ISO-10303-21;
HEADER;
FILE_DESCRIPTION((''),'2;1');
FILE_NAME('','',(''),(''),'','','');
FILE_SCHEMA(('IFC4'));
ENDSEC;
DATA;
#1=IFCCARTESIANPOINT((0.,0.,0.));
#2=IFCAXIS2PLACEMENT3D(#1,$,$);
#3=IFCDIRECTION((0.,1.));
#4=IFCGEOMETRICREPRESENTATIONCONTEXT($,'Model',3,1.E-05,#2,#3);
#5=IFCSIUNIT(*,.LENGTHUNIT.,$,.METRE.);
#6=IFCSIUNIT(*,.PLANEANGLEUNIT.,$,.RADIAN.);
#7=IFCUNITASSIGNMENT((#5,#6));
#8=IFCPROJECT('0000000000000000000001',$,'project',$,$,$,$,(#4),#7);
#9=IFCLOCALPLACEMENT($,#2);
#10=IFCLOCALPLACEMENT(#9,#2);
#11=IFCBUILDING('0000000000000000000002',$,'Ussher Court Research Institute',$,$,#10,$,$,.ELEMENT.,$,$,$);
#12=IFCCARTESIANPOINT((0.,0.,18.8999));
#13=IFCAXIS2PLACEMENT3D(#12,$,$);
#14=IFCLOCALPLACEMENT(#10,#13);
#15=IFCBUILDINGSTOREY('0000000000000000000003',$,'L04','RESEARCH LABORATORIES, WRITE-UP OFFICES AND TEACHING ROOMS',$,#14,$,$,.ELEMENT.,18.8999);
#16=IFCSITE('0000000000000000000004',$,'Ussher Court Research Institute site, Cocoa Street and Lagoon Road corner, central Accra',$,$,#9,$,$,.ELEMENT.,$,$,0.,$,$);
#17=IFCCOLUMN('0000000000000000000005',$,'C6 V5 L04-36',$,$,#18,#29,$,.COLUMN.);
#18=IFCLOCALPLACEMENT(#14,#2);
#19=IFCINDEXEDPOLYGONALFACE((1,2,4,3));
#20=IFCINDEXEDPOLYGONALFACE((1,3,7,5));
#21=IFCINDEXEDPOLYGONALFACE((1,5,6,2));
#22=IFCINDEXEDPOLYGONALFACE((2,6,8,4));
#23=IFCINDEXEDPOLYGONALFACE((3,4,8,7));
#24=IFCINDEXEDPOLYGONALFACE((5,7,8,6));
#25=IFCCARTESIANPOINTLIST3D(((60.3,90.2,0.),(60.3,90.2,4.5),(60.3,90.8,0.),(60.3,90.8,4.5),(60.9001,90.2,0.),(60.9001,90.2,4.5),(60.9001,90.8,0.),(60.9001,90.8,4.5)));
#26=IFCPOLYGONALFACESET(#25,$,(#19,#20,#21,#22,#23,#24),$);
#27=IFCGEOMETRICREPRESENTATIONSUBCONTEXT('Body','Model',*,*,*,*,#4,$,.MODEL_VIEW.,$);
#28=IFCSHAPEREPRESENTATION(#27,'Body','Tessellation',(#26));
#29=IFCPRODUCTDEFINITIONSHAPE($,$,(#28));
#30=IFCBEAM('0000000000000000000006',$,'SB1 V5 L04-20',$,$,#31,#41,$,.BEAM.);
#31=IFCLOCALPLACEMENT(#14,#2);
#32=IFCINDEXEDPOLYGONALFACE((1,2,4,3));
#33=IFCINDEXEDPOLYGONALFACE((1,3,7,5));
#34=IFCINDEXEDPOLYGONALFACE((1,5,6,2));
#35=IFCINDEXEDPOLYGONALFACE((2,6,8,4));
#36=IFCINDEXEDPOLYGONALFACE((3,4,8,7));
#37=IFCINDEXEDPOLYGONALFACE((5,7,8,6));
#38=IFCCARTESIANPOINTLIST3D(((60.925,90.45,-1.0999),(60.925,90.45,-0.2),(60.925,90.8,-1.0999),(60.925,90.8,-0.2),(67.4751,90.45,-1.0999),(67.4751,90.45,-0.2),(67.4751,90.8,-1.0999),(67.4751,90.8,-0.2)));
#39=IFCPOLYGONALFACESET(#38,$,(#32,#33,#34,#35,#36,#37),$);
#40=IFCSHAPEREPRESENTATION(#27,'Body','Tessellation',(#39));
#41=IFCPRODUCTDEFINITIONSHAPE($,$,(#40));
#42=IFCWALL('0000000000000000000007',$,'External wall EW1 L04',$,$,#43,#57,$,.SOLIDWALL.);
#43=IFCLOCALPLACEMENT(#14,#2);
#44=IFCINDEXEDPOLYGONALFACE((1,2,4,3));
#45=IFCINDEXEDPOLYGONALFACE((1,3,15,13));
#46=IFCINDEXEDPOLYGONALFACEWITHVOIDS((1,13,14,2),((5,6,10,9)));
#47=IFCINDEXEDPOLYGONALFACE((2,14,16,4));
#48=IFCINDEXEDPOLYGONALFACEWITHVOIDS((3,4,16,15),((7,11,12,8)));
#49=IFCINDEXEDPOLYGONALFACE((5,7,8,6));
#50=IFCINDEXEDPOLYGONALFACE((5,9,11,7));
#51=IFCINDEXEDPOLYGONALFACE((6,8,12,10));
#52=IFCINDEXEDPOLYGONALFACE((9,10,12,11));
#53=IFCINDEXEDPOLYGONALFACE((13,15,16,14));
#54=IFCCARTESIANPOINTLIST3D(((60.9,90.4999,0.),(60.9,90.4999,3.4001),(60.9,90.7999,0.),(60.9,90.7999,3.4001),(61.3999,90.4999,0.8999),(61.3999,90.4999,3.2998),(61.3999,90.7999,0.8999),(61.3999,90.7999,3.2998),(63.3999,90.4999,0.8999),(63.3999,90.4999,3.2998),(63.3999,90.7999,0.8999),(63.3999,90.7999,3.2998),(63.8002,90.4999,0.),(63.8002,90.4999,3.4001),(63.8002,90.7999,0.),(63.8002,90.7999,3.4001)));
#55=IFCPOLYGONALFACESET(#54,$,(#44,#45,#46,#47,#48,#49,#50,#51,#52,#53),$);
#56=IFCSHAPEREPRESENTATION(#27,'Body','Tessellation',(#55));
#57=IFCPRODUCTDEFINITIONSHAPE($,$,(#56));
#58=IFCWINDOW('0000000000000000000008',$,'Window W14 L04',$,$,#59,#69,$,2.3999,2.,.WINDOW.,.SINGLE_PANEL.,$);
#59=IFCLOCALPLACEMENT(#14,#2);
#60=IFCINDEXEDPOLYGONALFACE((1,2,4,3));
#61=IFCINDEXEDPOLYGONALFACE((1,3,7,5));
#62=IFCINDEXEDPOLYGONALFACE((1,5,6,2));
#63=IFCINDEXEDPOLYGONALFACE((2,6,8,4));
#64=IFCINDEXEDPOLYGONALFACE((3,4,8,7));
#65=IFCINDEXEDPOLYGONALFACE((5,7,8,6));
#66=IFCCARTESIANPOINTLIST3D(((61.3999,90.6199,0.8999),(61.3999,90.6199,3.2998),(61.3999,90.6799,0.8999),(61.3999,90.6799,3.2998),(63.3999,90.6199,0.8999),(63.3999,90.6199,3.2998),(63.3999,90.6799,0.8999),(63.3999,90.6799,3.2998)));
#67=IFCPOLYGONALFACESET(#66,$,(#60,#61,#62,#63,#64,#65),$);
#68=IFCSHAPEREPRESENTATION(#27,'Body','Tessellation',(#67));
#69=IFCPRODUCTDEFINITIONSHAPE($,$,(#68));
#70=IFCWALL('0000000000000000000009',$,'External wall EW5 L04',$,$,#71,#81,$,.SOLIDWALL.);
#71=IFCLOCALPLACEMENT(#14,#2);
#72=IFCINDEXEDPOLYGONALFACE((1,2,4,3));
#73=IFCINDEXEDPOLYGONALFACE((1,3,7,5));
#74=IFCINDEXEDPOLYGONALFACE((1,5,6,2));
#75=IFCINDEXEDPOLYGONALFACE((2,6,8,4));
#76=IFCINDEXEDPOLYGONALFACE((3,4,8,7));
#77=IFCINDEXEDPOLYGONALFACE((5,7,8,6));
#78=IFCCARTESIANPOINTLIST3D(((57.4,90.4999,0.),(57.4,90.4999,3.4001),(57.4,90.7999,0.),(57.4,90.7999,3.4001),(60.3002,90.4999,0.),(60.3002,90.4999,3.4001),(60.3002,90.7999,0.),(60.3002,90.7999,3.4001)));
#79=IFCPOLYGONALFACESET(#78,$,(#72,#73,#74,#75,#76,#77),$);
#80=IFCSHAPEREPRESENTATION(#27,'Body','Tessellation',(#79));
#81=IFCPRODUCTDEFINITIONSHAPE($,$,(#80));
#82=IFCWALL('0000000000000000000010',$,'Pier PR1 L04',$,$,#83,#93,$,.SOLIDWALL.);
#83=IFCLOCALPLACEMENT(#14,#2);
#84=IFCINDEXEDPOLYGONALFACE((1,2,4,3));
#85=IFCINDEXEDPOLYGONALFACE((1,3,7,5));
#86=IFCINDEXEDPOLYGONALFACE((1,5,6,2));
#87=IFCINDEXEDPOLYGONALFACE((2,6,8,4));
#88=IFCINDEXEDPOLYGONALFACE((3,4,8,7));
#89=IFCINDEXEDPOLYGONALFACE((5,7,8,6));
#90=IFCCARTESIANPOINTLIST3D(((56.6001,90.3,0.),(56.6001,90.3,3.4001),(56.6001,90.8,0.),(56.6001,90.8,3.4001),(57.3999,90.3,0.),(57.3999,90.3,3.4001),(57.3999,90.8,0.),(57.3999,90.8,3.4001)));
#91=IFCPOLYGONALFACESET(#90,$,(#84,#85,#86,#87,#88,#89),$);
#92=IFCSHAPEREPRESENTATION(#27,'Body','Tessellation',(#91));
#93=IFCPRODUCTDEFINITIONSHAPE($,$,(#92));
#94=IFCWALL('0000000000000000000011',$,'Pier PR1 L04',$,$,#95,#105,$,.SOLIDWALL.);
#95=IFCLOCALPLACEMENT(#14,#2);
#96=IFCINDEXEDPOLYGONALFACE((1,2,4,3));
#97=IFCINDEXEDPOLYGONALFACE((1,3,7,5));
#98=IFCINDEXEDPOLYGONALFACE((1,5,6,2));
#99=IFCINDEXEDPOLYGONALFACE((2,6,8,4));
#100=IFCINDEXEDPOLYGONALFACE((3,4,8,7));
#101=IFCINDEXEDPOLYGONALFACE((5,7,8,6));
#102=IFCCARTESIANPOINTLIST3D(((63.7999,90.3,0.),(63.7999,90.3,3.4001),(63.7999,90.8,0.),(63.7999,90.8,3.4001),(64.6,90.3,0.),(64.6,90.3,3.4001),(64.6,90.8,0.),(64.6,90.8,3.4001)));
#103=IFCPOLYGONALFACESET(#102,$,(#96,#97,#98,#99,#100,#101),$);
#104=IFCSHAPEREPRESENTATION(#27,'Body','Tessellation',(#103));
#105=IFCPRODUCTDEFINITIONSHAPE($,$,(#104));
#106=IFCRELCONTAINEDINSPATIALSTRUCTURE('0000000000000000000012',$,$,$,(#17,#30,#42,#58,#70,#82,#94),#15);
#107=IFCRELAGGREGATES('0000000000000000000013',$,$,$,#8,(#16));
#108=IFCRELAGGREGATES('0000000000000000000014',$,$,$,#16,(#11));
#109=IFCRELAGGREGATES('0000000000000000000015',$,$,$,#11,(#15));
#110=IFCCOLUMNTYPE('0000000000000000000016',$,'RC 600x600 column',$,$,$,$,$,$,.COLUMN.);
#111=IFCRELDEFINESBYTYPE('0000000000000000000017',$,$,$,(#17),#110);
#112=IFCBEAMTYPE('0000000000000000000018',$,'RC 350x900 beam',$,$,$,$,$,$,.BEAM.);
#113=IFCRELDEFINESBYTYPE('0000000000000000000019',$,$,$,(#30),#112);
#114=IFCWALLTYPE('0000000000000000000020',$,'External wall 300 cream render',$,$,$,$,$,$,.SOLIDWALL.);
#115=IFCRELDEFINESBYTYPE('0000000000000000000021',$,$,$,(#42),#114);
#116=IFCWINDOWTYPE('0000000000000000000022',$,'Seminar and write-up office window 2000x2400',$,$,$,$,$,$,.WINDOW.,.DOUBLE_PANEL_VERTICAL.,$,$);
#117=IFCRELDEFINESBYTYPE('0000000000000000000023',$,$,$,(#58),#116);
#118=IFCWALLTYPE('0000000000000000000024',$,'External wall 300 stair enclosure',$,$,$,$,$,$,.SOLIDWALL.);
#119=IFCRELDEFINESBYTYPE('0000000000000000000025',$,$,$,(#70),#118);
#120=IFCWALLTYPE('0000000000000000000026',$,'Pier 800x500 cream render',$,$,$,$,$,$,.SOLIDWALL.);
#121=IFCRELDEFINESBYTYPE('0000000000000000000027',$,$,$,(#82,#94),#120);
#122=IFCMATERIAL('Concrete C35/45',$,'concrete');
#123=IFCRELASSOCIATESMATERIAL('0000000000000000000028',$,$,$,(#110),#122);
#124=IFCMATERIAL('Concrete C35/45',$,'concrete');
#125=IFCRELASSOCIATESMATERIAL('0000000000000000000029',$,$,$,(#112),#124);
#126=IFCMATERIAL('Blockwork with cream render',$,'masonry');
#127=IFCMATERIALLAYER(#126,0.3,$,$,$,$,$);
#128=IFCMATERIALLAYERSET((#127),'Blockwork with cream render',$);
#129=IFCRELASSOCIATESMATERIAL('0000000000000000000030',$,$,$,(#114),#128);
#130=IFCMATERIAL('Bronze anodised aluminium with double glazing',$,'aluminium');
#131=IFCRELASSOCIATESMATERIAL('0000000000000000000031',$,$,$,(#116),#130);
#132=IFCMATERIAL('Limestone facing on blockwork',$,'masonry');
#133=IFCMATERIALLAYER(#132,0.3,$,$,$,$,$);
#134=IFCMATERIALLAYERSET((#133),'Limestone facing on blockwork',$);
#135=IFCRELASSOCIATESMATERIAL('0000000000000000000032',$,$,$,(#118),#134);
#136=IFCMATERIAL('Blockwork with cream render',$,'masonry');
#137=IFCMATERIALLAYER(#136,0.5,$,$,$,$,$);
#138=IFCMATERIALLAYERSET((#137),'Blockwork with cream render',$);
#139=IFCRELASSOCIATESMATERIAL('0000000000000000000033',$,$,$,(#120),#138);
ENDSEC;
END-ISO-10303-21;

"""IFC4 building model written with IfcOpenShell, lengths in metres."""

from ifc_helpers import new_model, si_unit, direction, frame, frame_2d, origin, origin_2d, place, context, subcontext, project, spatial, rectangle, extrude, material, layer, layer_set, material_profile, profile_set, type_object, element, fill, save


model = new_model("IFC4")

# Units and contexts
model_context = context("Model", 3, precision=1e-05, world=origin(), true_north=direction((0.0, 1.0)))
body_context = subcontext(model_context, "Body", "Model", "MODEL_VIEW")
ifc_project = project(units=[si_unit("LENGTHUNIT", "METRE"), si_unit("PLANEANGLEUNIT", "RADIAN")], contexts=[model_context])

# Site, building, storey
site_placement = place(None, origin())
site = spatial("IfcSite", under=ifc_project, at=site_placement, Name="Ussher Court Research Institute site, Cocoa Street and Lagoon Road corner, central Accra", CompositionType="ELEMENT", RefElevation=0.0)
building_placement = place(site_placement, origin())
building = spatial("IfcBuilding", under=site, at=building_placement, Name="Ussher Court Research Institute", CompositionType="ELEMENT")
storey_placement = place(building_placement, frame((0.0, 0.0, 18.8999)))
storey = spatial("IfcBuildingStorey", under=building, at=storey_placement, Name="L04", Description="RESEARCH LABORATORIES, WRITE-UP OFFICES AND TEACHING ROOMS", CompositionType="ELEMENT", Elevation=18.8999)

# Column
ifc_material_1 = material(Name="Concrete C35/45", Category="concrete")
ifc_material_profile_1 = material_profile(ifc_material_1, rectangle(XDim=0.6001, YDim=0.6001, at=origin_2d()), Name="RC 600x600")
ifc_profile_set_1 = profile_set([ifc_material_profile_1], Name="Concrete C35/45")
column_type = type_object("IfcColumnType", Name="RC 600x600 column", PredefinedType="COLUMN", material=ifc_profile_set_1)
column_placement = place(storey_placement, frame((60.6001, 90.5, 0.0), z_axis=(0.0, 0.0, 1.0), x_axis=(1.0, 0.0, 0.0)))
element("IfcColumn", 1, at=column_placement, inside=storey, type_object=column_type, Name="C6 V5 L04-36", PredefinedType="COLUMN", context=body_context, shape_type="SweptSolid", body=[
    extrude(rectangle(XDim=0.6001, YDim=0.6001, at=origin_2d()), origin(), (0.0, 0.0, 1.0), 4.5),
])

# Beam
ifc_material_2 = material(Name="Concrete C35/45", Category="concrete")
ifc_material_profile_2 = material_profile(ifc_material_2, rectangle(XDim=0.3501, YDim=0.8999, at=origin_2d()), Name="RC 350x900")
ifc_profile_set_2 = profile_set([ifc_material_profile_2], Name="Concrete C35/45")
beam_type = type_object("IfcBeamType", Name="RC 350x900 beam", PredefinedType="BEAM", material=ifc_profile_set_2)
beam_placement = place(storey_placement, frame((60.925, 90.625, -0.6499), z_axis=(1.0, 0.0, 0.0), x_axis=(0.0, 1.0, 0.0)))
element("IfcBeam", 2, at=beam_placement, inside=storey, type_object=beam_type, Name="SB1 V5 L04-20", PredefinedType="BEAM", context=body_context, shape_type="SweptSolid", body=[
    extrude(rectangle(XDim=0.3501, YDim=0.8999, at=origin_2d()), origin(), (0.0, 0.0, 1.0), 6.55),
])

# Wall, opening, window
ifc_material_3 = material(Name="Blockwork with cream render", Category="masonry")
ifc_layer_1 = layer(ifc_material_3, 0.3)
ifc_layer_set_1 = layer_set([ifc_layer_1], Name="Blockwork with cream render")
wall_type_1 = type_object("IfcWallType", Name="External wall 300 cream render", PredefinedType="SOLIDWALL", material=ifc_layer_set_1)
wall_1_placement = place(storey_placement, frame((60.8999, 90.6499, 0.0), z_axis=(0.0, 0.0, 1.0), x_axis=(1.0, 0.0, 0.0)))
wall_1 = element("IfcWall", 3, at=wall_1_placement, inside=storey, type_object=wall_type_1, Name="External wall EW1 L04", PredefinedType="SOLIDWALL", context=body_context, shape_type="SweptSolid", body=[
    extrude(rectangle(XDim=2.9001, YDim=0.3, at=frame_2d((1.4502, 0.0))), origin(), (0.0, 0.0, 1.0), 3.4001),
])
opening_1_placement = place(wall_1_placement, frame((0.5, 0.0, 0.8999)))
opening_1 = element("IfcOpeningElement", 4, at=opening_1_placement, cuts=wall_1, PredefinedType="OPENING", context=body_context, shape_type="SweptSolid", body=[
    extrude(rectangle(XDim=2.0, YDim=2.3999, at=frame_2d((1.0, 1.2))), frame((0.0, 0.1602, 0.0), z_axis=(0.0, -1.0, 0.0), x_axis=(1.0, 0.0, 0.0)), (0.0, 0.0, 1.0), 0.3201),
])
ifc_material_4 = material(Name="Bronze anodised aluminium with double glazing", Category="aluminium")
window_type = type_object("IfcWindowType", Name="Seminar and write-up office window 2000x2400", PartitioningType="DOUBLE_PANEL_VERTICAL", PredefinedType="WINDOW", material=ifc_material_4)
window_placement = place(opening_1_placement, origin())
window = element("IfcWindow", 5, at=window_placement, inside=storey, type_object=window_type, Name="Window W14 L04", OverallHeight=2.3999, OverallWidth=2.0, PartitioningType="SINGLE_PANEL", PredefinedType="WINDOW", context=body_context, shape_type="SweptSolid", body=[
    extrude(rectangle(XDim=2.0, YDim=2.3999, at=frame_2d((1.0, 1.2))), frame((0.0, 0.03, 0.0), z_axis=(0.0, -1.0, 0.0), x_axis=(1.0, 0.0, 0.0)), (0.0, 0.0, 1.0), 0.0601),
])
fill(opening_1, window)

# Walls
ifc_material_5 = material(Name="Limestone facing on blockwork", Category="masonry")
ifc_layer_2 = layer(ifc_material_5, 0.3)
ifc_layer_set_2 = layer_set([ifc_layer_2], Name="Limestone facing on blockwork")
wall_type_2 = type_object("IfcWallType", Name="External wall 300 stair enclosure", PredefinedType="SOLIDWALL", material=ifc_layer_set_2)
wall_2_placement = place(storey_placement, frame((57.3999, 90.6499, 0.0), z_axis=(0.0, 0.0, 1.0), x_axis=(1.0, 0.0, 0.0)))
element("IfcWall", 6, at=wall_2_placement, inside=storey, type_object=wall_type_2, Name="External wall EW5 L04", PredefinedType="SOLIDWALL", context=body_context, shape_type="SweptSolid", body=[
    extrude(rectangle(XDim=2.9001, YDim=0.3, at=frame_2d((1.4502, 0.0))), origin(), (0.0, 0.0, 1.0), 3.4001),
])
ifc_material_6 = material(Name="Blockwork with cream render", Category="masonry")
ifc_layer_3 = layer(ifc_material_6, 0.5)
ifc_layer_set_3 = layer_set([ifc_layer_3], Name="Blockwork with cream render")
wall_type_3 = type_object("IfcWallType", Name="Pier 800x500 cream render", PredefinedType="SOLIDWALL", material=ifc_layer_set_3)
wall_3_placement = place(storey_placement, frame((56.6001, 90.55, 0.0), z_axis=(0.0, 0.0, 1.0), x_axis=(1.0, 0.0, 0.0)))
element("IfcWall", 7, at=wall_3_placement, inside=storey, type_object=wall_type_3, Name="Pier PR1 L04", PredefinedType="SOLIDWALL", context=body_context, shape_type="SweptSolid", body=[
    extrude(rectangle(XDim=0.7998, YDim=0.5, at=frame_2d((0.3999, 0.0))), origin(), (0.0, 0.0, 1.0), 3.4001),
])
wall_4_placement = place(storey_placement, frame((63.8, 90.55, 0.0), z_axis=(0.0, 0.0, 1.0), x_axis=(1.0, 0.0, 0.0)))
element("IfcWall", 8, at=wall_4_placement, inside=storey, type_object=wall_type_3, Name="Pier PR1 L04", PredefinedType="SOLIDWALL", context=body_context, shape_type="SweptSolid", body=[
    extrude(rectangle(XDim=0.8, YDim=0.5, at=frame_2d((0.3999, 0.0))), origin(), (0.0, 0.0, 1.0), 3.4001),
])

save(model, "model.ifc")
